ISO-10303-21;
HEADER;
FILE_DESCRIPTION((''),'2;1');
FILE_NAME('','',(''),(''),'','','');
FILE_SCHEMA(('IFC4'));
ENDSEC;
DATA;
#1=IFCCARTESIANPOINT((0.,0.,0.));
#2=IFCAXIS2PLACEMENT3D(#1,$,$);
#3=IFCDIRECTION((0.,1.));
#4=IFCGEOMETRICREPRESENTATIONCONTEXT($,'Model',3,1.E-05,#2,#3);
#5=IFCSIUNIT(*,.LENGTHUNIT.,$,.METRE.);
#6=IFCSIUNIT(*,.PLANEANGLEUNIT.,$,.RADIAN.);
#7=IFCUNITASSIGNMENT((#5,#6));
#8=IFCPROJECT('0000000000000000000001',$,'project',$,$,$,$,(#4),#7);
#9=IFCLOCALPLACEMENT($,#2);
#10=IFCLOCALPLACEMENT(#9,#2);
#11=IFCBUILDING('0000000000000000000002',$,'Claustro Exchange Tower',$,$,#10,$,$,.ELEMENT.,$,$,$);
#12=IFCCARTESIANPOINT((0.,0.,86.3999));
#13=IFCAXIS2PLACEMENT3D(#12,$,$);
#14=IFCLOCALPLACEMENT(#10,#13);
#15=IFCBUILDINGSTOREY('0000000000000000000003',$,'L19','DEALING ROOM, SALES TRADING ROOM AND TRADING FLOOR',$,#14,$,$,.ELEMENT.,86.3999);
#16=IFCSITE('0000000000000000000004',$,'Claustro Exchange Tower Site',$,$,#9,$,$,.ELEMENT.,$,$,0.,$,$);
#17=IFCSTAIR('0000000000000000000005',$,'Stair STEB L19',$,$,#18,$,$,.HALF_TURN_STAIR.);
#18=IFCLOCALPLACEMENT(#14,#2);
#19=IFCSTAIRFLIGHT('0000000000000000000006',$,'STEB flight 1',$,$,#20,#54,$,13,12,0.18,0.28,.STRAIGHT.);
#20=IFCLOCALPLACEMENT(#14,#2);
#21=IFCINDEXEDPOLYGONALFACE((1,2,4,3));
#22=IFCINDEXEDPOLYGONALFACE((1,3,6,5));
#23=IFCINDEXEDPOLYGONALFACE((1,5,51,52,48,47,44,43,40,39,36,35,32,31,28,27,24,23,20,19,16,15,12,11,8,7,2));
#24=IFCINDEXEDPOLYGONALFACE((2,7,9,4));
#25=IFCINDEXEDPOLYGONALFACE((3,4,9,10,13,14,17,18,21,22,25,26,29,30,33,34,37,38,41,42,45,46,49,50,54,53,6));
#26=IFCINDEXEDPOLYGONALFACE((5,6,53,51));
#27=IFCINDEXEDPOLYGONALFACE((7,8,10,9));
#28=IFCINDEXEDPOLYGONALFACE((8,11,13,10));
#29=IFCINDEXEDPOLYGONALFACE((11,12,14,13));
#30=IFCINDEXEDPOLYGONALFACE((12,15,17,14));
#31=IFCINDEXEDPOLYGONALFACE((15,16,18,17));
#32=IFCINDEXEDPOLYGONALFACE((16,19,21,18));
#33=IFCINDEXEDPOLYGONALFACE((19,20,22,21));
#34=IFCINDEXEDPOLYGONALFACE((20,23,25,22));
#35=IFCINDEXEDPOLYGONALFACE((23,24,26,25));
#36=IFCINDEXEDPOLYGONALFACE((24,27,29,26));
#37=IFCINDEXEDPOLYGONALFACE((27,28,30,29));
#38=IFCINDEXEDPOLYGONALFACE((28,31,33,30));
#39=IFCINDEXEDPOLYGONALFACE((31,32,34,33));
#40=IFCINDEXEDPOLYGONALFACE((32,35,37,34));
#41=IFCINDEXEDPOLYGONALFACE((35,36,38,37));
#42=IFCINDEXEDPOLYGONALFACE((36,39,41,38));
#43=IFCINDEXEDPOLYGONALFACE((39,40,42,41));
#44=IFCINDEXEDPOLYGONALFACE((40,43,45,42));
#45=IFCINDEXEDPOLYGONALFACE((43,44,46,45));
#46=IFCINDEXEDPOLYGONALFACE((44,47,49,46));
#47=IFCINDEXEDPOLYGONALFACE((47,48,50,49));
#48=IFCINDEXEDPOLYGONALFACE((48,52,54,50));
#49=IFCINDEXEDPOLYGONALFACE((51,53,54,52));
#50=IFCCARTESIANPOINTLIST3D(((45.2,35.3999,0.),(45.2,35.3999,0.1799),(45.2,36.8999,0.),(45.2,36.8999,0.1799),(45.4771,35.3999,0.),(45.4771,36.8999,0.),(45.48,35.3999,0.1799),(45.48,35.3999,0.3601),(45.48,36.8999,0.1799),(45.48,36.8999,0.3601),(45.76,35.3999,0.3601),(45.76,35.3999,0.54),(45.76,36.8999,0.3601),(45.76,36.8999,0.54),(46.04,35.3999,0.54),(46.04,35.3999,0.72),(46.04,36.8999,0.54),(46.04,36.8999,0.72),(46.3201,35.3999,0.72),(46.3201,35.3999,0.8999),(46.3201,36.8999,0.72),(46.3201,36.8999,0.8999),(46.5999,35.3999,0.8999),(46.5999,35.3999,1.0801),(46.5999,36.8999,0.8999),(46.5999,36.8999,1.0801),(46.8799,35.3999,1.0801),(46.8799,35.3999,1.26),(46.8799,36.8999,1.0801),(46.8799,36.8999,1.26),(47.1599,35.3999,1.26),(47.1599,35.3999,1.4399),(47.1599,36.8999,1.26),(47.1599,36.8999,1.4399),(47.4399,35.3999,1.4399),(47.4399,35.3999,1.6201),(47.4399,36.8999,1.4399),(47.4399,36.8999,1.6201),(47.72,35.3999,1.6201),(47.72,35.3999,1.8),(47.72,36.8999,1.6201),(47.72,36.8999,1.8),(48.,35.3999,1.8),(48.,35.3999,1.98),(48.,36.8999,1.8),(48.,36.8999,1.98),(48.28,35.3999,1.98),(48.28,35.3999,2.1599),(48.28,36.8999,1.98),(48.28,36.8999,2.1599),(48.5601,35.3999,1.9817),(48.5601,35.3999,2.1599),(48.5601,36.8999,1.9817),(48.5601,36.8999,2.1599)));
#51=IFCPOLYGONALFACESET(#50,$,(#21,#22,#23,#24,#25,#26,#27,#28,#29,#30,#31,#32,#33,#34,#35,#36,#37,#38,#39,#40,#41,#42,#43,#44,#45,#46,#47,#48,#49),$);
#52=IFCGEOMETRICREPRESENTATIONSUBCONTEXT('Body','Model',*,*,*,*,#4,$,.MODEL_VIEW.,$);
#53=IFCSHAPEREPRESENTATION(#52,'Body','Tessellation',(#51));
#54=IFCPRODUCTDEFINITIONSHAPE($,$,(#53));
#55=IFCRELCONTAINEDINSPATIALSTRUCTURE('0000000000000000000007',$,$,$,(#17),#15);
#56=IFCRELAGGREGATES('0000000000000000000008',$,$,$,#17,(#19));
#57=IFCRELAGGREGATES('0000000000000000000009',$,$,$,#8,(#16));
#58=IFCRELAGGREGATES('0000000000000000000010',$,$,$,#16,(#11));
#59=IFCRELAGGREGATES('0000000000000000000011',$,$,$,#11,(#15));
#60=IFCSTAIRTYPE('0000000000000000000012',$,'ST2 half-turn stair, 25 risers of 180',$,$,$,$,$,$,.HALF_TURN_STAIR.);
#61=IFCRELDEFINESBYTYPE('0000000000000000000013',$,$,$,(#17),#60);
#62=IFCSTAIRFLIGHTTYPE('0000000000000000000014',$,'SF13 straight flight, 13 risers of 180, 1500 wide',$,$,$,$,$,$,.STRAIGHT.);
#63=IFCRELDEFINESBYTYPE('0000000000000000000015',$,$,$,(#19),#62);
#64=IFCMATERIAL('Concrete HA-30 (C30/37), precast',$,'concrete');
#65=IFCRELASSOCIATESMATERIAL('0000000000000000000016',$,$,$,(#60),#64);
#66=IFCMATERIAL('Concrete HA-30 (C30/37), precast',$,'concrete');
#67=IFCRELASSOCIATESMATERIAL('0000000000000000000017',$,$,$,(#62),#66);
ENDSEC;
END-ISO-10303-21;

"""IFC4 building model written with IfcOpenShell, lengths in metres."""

from ifc_helpers import new_model, si_unit, direction, frame, origin, place, context, subcontext, project, spatial, polyline, outline, extrude, material, type_object, element, aggregate, save


model = new_model("IFC4")

# Units and contexts
model_context = context("Model", 3, precision=1e-05, world=origin(), true_north=direction((0.0, 1.0)))
body_context = subcontext(model_context, "Body", "Model", "MODEL_VIEW")
ifc_project = project(units=[si_unit("LENGTHUNIT", "METRE"), si_unit("PLANEANGLEUNIT", "RADIAN")], contexts=[model_context])

# Site, building, storey
site_placement = place(None, origin())
site = spatial("IfcSite", under=ifc_project, at=site_placement, Name="Claustro Exchange Tower Site", CompositionType="ELEMENT", RefElevation=0.0)
building_placement = place(site_placement, origin())
building = spatial("IfcBuilding", under=site, at=building_placement, Name="Claustro Exchange Tower", CompositionType="ELEMENT")
storey_placement = place(building_placement, frame((0.0, 0.0, 86.3999)))
storey = spatial("IfcBuildingStorey", under=building, at=storey_placement, Name="L19", Description="DEALING ROOM, SALES TRADING ROOM AND TRADING FLOOR", CompositionType="ELEMENT", Elevation=86.3999)

# Stair, stair flight
ifc_material_1 = material(Name="Concrete HA-30 (C30/37), precast", Category="concrete")
stair_type = type_object("IfcStairType", Name="ST2 half-turn stair, 25 risers of 180", PredefinedType="HALF_TURN_STAIR", material=ifc_material_1)
stair_placement = place(storey_placement, origin())
stair = element("IfcStair", 1, at=stair_placement, inside=storey, type_object=stair_type, Name="Stair STEB L19", PredefinedType="HALF_TURN_STAIR")
ifc_material_2 = material(Name="Concrete HA-30 (C30/37), precast", Category="concrete")
stair_flight_type_1 = type_object("IfcStairFlightType", Name="SF13 straight flight, 13 risers of 180, 1500 wide", PredefinedType="STRAIGHT", material=ifc_material_2)
stair_flight_1_placement = place(storey_placement, frame((45.2, 36.1499, 0.0), z_axis=(0.0, 0.0, 1.0), x_axis=(1.0, 0.0, 0.0)))
stair_flight_1 = element("IfcStairFlight", 2, at=stair_flight_1_placement, type_object=stair_flight_type_1, Name="STEB flight 1", NumberOfRisers=13, NumberOfTreads=12, PredefinedType="STRAIGHT", RiserHeight=0.18, TreadLength=0.28, context=body_context, shape_type="SweptSolid", body=[
    extrude(outline(polyline([(0.0, 0.0), (0.0, 0.1799), (0.28, 0.1799), (0.28, 0.3601), (0.5601, 0.3601), (0.5601, 0.54), (0.8401, 0.54), (0.8401, 0.72), (1.1201, 0.72), (1.1201, 0.8999), (1.3999, 0.8999), (1.3999, 1.0801), (1.6799, 1.0801), (1.6799, 1.26), (1.96, 1.26), (1.96, 1.4399), (2.24, 1.4399), (2.24, 1.6201), (2.52, 1.6201), (2.52, 1.8), (2.8, 1.8), (2.8, 1.98), (3.0801, 1.98), (3.0801, 2.1599), (3.3601, 2.1599), (3.3601, 2.3401), (3.3601, 1.9817), (0.2771, 0.0), (0.0, 0.0)])), frame((0.0, 0.75, 0.0), z_axis=(0.0, -1.0, 0.0), x_axis=(1.0, 0.0, 0.0)), (0.0, 0.0, 1.0), 1.5),
])
aggregate(stair, [stair_flight_1])

save(model, "model.ifc")
